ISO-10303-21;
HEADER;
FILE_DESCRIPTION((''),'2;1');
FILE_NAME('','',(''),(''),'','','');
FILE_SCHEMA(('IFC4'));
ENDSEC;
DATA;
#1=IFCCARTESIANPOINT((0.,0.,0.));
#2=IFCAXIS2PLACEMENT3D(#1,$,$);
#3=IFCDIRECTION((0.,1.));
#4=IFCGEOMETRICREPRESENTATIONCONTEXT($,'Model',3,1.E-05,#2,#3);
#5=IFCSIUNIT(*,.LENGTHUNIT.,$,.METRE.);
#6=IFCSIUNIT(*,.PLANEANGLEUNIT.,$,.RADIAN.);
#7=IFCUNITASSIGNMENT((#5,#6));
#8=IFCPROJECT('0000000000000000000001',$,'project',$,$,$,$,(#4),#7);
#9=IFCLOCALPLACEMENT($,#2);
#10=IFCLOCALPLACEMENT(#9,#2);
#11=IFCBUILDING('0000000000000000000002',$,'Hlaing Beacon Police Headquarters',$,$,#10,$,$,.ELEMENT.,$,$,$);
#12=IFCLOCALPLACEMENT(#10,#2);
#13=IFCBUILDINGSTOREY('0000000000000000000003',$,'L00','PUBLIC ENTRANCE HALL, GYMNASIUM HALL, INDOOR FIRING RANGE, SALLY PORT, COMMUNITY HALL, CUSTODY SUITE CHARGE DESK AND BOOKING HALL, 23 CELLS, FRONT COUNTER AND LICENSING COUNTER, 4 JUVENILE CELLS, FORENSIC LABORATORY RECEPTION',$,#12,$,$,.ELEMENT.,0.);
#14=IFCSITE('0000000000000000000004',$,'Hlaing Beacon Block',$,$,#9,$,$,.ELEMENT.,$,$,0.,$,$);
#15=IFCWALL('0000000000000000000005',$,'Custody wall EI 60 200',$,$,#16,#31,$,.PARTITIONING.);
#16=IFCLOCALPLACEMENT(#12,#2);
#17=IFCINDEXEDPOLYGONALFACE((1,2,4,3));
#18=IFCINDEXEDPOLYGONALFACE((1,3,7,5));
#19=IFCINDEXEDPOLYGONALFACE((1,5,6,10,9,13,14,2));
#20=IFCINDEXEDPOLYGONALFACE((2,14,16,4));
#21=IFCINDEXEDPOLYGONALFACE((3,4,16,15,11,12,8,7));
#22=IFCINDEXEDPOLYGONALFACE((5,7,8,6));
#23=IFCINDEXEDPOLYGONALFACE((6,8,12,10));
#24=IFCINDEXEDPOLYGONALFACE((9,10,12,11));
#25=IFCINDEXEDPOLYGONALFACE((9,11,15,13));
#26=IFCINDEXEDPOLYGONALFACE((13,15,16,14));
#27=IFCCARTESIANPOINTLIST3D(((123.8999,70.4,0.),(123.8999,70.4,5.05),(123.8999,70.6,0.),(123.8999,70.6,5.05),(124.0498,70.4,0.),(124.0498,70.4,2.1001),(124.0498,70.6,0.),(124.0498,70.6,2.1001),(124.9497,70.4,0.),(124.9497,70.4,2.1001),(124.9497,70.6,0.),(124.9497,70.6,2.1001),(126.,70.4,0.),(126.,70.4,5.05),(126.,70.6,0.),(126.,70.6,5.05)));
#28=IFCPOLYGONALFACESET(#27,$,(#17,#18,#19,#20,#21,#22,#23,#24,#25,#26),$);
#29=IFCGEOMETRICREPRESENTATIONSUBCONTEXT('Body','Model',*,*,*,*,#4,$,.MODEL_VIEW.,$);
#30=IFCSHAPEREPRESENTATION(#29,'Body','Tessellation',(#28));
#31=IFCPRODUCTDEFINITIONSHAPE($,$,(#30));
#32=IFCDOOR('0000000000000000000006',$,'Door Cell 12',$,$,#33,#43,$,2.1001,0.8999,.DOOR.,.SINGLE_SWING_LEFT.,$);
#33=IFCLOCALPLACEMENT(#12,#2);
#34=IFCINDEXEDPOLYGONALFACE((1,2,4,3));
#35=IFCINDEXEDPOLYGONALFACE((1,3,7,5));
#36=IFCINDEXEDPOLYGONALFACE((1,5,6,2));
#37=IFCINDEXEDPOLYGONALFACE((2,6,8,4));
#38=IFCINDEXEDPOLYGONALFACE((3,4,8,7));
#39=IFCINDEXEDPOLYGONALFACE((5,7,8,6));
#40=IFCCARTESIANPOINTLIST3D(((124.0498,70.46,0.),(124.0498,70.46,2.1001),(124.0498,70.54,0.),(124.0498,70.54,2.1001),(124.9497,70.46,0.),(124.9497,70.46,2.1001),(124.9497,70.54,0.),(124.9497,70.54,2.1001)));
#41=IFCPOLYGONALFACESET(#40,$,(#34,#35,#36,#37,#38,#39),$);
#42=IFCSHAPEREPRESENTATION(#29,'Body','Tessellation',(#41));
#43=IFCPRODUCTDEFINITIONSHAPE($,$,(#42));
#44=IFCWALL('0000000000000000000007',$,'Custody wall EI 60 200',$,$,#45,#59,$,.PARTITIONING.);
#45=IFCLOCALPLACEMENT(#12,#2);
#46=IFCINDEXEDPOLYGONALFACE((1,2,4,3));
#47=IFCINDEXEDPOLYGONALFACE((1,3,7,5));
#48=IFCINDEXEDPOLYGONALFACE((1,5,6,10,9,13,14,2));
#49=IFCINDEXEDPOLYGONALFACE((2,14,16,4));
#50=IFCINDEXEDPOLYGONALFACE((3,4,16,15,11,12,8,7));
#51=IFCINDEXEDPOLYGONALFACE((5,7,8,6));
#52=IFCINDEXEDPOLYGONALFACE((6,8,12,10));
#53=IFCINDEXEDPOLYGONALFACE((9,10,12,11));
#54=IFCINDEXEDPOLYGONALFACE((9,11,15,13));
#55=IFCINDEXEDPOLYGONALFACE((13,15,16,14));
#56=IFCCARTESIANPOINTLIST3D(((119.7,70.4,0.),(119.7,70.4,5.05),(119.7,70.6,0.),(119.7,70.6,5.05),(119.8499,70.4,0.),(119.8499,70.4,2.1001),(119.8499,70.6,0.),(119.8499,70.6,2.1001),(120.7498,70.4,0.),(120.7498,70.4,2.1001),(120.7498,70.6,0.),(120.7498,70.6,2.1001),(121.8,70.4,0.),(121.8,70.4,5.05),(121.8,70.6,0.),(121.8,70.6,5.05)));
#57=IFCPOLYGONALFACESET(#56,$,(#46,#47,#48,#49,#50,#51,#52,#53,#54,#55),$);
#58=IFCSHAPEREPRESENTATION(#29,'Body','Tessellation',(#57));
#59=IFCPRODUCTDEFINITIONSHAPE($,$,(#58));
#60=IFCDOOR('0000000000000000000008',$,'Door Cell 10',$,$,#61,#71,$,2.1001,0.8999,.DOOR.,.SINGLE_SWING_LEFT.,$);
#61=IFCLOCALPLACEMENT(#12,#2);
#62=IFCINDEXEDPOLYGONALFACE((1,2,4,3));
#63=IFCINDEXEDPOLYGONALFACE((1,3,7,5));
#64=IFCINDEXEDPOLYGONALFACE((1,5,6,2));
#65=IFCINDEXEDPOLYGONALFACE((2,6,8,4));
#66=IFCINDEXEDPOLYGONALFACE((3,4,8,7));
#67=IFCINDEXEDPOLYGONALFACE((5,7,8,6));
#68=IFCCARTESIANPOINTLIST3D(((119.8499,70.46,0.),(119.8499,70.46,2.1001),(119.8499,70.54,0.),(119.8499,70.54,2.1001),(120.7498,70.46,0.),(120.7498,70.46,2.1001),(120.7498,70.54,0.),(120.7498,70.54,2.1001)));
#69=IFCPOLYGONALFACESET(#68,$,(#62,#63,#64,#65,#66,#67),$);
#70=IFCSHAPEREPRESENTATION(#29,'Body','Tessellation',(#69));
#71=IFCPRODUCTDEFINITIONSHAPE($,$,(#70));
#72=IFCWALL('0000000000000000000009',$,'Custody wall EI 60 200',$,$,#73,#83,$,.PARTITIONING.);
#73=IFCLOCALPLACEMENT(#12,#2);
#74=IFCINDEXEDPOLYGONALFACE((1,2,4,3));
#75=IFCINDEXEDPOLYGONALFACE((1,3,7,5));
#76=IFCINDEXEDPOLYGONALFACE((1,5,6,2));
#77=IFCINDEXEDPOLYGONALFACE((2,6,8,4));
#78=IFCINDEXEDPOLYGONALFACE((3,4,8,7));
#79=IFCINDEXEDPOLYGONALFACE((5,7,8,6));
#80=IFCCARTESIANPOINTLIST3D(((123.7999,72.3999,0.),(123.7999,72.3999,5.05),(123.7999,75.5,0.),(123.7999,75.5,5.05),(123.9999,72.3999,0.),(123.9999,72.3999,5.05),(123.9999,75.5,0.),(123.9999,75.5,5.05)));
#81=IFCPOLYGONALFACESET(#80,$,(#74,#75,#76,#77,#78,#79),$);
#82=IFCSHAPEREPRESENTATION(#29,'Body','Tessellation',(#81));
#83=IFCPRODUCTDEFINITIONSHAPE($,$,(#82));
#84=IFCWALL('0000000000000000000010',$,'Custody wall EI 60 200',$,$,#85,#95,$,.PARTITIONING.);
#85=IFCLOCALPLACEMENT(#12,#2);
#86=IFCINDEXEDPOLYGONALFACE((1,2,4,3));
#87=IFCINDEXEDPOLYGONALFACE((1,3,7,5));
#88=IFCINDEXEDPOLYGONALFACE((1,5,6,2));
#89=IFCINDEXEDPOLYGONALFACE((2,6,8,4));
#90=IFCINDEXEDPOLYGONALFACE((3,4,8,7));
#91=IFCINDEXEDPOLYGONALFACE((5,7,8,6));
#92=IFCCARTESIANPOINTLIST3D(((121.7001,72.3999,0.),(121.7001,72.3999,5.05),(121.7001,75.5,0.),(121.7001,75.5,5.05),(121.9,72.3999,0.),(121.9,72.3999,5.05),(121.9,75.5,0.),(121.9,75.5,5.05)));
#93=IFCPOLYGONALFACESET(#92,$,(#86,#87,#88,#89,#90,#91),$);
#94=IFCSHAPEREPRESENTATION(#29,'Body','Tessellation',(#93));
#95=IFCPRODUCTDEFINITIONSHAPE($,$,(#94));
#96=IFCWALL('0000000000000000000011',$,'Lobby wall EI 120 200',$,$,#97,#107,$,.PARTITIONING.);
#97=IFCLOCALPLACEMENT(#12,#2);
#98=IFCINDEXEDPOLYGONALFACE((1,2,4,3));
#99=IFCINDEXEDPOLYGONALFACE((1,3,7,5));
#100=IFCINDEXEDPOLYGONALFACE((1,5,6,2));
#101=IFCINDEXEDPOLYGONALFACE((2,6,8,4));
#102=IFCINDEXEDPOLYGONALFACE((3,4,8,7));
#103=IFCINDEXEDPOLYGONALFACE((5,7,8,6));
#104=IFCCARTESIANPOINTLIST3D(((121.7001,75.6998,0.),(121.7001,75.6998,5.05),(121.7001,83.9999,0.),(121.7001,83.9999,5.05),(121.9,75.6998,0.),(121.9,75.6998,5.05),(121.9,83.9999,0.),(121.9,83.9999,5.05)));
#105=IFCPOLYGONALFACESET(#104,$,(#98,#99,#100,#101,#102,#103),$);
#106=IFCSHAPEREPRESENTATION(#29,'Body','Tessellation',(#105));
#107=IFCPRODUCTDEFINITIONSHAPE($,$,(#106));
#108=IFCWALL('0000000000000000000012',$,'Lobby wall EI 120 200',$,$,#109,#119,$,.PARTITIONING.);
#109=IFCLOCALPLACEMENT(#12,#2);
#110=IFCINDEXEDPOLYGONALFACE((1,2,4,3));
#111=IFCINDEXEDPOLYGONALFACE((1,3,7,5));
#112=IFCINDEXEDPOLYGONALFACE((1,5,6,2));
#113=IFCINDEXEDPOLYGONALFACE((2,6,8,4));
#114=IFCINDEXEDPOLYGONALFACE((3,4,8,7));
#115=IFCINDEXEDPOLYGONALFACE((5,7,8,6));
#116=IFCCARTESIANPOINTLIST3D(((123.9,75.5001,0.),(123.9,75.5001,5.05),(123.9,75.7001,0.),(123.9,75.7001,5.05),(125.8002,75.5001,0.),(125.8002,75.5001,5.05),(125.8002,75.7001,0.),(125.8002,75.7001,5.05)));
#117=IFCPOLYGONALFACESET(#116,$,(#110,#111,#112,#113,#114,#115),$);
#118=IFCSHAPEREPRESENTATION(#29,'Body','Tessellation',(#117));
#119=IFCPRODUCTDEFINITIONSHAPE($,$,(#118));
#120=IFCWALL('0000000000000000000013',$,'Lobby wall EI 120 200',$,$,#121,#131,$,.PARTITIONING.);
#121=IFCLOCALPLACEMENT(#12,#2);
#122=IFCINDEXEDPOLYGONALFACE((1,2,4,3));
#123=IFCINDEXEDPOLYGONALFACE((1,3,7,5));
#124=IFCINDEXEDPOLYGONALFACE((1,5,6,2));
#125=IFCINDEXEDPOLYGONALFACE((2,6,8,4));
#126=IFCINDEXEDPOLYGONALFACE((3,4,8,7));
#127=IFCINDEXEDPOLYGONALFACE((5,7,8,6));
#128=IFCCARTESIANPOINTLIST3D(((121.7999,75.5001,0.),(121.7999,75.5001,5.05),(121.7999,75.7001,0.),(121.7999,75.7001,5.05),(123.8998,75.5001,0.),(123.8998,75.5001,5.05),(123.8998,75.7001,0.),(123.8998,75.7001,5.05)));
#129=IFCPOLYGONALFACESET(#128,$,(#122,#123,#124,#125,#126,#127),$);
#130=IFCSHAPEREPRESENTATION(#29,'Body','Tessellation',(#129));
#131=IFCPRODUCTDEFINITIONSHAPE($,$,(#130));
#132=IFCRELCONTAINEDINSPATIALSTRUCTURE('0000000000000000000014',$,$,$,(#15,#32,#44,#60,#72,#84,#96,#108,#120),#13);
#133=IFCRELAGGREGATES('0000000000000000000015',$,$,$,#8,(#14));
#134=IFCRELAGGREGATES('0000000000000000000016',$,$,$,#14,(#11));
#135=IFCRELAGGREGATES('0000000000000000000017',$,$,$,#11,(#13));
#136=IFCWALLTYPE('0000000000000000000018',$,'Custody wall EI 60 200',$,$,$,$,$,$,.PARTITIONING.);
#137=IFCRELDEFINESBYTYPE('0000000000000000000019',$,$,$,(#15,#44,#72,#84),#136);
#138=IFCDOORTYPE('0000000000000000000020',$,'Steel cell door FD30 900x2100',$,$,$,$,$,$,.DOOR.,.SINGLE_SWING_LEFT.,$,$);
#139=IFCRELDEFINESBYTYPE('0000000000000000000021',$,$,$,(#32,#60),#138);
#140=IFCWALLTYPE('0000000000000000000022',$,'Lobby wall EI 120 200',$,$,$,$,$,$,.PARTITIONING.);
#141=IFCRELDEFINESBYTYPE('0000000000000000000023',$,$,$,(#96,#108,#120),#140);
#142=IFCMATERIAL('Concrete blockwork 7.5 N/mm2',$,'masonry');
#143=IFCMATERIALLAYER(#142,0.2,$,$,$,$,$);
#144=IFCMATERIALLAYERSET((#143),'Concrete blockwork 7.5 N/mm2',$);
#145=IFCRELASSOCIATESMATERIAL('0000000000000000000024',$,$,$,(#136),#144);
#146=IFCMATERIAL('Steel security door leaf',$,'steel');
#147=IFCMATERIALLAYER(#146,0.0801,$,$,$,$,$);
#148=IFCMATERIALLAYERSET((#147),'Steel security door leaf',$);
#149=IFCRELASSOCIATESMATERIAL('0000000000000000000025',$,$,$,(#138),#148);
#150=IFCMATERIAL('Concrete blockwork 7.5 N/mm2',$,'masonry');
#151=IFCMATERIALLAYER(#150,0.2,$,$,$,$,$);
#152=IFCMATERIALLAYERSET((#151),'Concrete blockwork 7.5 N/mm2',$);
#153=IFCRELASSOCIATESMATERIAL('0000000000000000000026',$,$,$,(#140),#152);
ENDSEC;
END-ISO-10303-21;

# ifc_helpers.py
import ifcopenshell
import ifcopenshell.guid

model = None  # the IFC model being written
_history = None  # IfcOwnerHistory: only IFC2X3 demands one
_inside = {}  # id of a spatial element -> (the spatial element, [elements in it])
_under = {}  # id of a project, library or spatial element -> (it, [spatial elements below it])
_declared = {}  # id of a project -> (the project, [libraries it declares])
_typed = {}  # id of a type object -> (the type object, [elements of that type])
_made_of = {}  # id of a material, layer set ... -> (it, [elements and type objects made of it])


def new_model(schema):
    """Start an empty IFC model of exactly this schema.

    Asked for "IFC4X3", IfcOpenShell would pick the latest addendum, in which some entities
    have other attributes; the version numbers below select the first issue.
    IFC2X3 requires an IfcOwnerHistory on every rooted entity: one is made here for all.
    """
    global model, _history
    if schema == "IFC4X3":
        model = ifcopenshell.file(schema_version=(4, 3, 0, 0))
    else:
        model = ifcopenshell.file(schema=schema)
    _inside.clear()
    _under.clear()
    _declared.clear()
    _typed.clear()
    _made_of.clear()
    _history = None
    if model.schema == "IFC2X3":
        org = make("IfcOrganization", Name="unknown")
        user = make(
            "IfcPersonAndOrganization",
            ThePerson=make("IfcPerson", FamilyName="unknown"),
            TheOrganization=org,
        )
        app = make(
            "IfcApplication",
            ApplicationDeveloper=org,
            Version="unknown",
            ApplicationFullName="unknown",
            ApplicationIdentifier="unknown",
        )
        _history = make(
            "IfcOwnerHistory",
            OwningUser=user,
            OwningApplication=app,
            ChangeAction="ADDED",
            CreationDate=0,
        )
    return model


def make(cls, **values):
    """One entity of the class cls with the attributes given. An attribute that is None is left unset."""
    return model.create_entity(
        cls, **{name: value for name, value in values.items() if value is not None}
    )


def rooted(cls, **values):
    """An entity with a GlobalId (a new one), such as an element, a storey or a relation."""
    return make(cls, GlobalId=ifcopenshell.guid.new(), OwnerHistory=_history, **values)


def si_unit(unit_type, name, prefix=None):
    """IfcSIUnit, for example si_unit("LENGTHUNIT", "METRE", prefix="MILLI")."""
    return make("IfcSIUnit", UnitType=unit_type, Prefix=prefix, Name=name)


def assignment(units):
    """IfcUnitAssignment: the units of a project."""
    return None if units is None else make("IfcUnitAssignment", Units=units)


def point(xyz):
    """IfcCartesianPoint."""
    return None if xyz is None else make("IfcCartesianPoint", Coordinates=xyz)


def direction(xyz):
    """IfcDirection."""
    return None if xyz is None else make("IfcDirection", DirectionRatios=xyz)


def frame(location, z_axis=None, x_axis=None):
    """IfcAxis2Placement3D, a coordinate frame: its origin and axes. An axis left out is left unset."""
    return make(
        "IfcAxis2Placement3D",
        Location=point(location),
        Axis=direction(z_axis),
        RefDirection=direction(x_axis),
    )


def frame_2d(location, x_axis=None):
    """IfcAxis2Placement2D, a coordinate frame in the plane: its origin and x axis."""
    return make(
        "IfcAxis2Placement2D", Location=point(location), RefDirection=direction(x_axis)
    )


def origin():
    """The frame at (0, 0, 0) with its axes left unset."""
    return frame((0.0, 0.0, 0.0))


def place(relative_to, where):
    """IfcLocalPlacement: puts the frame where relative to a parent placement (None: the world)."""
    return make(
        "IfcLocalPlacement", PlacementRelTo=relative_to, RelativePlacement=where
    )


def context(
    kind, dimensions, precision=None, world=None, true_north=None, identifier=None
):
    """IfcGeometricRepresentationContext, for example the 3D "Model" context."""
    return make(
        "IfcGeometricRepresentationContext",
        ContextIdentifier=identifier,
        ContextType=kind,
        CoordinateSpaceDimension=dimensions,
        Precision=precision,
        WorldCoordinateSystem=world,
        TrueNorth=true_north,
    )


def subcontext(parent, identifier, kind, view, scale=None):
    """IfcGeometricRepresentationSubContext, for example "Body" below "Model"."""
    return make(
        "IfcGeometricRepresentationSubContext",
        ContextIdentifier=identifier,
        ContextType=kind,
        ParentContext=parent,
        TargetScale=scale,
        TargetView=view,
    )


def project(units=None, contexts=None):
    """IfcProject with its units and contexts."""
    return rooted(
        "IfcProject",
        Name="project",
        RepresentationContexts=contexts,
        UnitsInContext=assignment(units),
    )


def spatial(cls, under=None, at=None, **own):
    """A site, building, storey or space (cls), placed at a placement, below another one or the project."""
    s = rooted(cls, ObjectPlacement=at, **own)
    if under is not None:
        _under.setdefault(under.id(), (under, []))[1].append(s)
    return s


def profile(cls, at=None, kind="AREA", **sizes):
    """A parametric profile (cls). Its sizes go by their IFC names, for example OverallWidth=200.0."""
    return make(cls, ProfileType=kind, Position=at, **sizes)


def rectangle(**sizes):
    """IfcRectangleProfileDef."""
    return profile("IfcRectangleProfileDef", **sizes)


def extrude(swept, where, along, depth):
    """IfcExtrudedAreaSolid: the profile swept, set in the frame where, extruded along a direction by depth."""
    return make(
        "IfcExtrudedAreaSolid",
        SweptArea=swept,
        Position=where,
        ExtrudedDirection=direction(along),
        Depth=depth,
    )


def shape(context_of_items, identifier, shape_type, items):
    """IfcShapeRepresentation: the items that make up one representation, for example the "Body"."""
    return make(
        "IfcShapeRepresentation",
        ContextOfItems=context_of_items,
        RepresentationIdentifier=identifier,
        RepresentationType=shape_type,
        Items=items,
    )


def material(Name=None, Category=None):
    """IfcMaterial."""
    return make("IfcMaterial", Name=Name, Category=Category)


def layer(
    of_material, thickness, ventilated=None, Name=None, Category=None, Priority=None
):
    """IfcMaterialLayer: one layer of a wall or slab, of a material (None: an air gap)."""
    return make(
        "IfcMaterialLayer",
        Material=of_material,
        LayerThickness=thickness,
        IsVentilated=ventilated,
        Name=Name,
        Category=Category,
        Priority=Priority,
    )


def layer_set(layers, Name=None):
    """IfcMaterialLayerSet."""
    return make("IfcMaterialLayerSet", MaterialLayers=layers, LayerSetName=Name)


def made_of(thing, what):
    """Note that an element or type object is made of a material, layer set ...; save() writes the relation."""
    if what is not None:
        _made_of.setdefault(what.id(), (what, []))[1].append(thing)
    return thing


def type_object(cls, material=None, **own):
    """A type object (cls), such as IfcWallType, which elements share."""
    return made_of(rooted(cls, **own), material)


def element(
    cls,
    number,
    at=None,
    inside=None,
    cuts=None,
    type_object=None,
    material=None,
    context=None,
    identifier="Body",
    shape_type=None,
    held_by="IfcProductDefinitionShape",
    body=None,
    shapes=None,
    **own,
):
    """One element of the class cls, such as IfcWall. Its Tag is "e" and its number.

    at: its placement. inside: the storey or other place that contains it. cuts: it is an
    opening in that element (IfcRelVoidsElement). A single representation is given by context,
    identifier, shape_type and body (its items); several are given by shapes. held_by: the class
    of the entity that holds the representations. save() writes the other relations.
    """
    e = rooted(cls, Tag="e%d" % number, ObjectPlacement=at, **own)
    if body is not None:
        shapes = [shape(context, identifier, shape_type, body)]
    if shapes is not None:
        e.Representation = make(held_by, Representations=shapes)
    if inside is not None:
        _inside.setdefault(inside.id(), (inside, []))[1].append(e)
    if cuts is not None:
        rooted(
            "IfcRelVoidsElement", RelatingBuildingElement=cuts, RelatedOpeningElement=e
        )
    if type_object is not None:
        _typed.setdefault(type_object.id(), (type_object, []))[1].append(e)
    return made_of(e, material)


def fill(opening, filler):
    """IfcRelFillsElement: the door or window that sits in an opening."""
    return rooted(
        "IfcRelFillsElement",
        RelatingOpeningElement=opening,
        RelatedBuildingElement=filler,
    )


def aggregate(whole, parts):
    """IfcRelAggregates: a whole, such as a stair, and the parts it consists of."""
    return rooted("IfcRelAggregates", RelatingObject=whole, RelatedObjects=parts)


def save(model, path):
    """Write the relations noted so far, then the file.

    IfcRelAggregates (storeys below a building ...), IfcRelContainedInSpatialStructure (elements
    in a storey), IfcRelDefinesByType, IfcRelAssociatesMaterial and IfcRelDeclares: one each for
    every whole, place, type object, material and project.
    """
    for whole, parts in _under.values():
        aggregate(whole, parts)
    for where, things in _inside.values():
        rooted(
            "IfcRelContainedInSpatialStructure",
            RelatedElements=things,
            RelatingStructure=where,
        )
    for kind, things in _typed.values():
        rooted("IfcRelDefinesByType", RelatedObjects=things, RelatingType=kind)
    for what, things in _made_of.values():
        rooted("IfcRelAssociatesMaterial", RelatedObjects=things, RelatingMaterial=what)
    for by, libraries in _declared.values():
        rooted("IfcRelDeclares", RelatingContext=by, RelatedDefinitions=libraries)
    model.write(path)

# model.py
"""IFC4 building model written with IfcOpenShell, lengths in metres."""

from ifc_helpers import new_model, si_unit, direction, frame, frame_2d, origin, place, context, subcontext, project, spatial, rectangle, extrude, material, layer, layer_set, type_object, element, fill, save


model = new_model("IFC4")

# Units and contexts
model_context = context("Model", 3, precision=1e-05, world=origin(), true_north=direction((0.0, 1.0)))
body_context = subcontext(model_context, "Body", "Model", "MODEL_VIEW")
ifc_project = project(units=[si_unit("LENGTHUNIT", "METRE"), si_unit("PLANEANGLEUNIT", "RADIAN")], contexts=[model_context])

# Site, building, storey
site_placement = place(None, origin())
site = spatial("IfcSite", under=ifc_project, at=site_placement, Name="Hlaing Beacon Block", CompositionType="ELEMENT", RefElevation=0.0)
building_placement = place(site_placement, origin())
building = spatial("IfcBuilding", under=site, at=building_placement, Name="Hlaing Beacon Police Headquarters", CompositionType="ELEMENT")
storey_placement = place(building_placement, origin())
storey = spatial("IfcBuildingStorey", under=building, at=storey_placement, Name="L00", Description="PUBLIC ENTRANCE HALL, GYMNASIUM HALL, INDOOR FIRING RANGE, SALLY PORT, COMMUNITY HALL, CUSTODY SUITE CHARGE DESK AND BOOKING HALL, 23 CELLS, FRONT COUNTER AND LICENSING COUNTER, 4 JUVENILE CELLS, FORENSIC LABORATORY RECEPTION", CompositionType="ELEMENT", Elevation=0.0)

# Shared definitions
ifc_material_1 = material(Name="Concrete blockwork 7.5 N/mm2", Category="masonry")
ifc_layer_1 = layer(ifc_material_1, 0.2)
ifc_layer_set_1 = layer_set([ifc_layer_1], Name="Concrete blockwork 7.5 N/mm2")
wall_type_1 = type_object("IfcWallType", Name="Custody wall EI 60 200", PredefinedType="PARTITIONING", material=ifc_layer_set_1)

# Shared definitions
ifc_material_2 = material(Name="Steel security door leaf", Category="steel")
ifc_layer_2 = layer(ifc_material_2, 0.0801)
ifc_layer_set_2 = layer_set([ifc_layer_2], Name="Steel security door leaf")
door_type = type_object("IfcDoorType", Name="Steel cell door FD30 900x2100", OperationType="SINGLE_SWING_LEFT", PredefinedType="DOOR", material=ifc_layer_set_2)

# Walls, openings, doors
wall_1_placement = place(storey_placement, frame((123.8999, 70.5, 0.0), z_axis=(0.0, 0.0, 1.0), x_axis=(1.0, 0.0, 0.0)))
wall_1 = element("IfcWall", 1, at=wall_1_placement, inside=storey, type_object=wall_type_1, Name="Custody wall EI 60 200", PredefinedType="PARTITIONING", context=body_context, shape_type="SweptSolid", body=[
    extrude(rectangle(XDim=2.1001, YDim=0.2, at=frame_2d((1.05, 0.0))), origin(), (0.0, 0.0, 1.0), 5.05),
])
opening_1_placement = place(wall_1_placement, frame((0.1499, 0.0, 0.0)))
opening_1 = element("IfcOpeningElement", 2, at=opening_1_placement, cuts=wall_1, PredefinedType="OPENING", context=body_context, shape_type="SweptSolid", body=[
    extrude(rectangle(XDim=0.8999, YDim=2.1001, at=frame_2d((0.45, 1.05))), frame((0.0, 0.1099, 0.0), z_axis=(0.0, -1.0, 0.0), x_axis=(1.0, 0.0, 0.0)), (0.0, 0.0, 1.0), 0.22),
])
door_1_placement = place(opening_1_placement, frame((0.8999, 0.0, 0.0), z_axis=(0.0, 0.0, 1.0), x_axis=(-1.0, 0.0, 0.0)))
door_1 = element("IfcDoor", 3, at=door_1_placement, inside=storey, type_object=door_type, Name="Door Cell 12", OperationType="SINGLE_SWING_LEFT", OverallHeight=2.1001, OverallWidth=0.8999, PredefinedType="DOOR", context=body_context, shape_type="SweptSolid", body=[
    extrude(rectangle(XDim=0.8999, YDim=2.1001, at=frame_2d((0.45, 1.05))), frame((0.0, 0.04, 0.0), z_axis=(0.0, -1.0, 0.0), x_axis=(1.0, 0.0, 0.0)), (0.0, 0.0, 1.0), 0.0801),
])
fill(opening_1, door_1)
wall_2_placement = place(storey_placement, frame((119.7, 70.5, 0.0), z_axis=(0.0, 0.0, 1.0), x_axis=(1.0, 0.0, 0.0)))
wall_2 = element("IfcWall", 4, at=wall_2_placement, inside=storey, type_object=wall_type_1, Name="Custody wall EI 60 200", PredefinedType="PARTITIONING", context=body_context, shape_type="SweptSolid", body=[
    extrude(rectangle(XDim=2.1001, YDim=0.2, at=frame_2d((1.05, 0.0))), origin(), (0.0, 0.0, 1.0), 5.05),
])
opening_2_placement = place(wall_2_placement, frame((0.1499, 0.0, 0.0)))
opening_2 = element("IfcOpeningElement", 5, at=opening_2_placement, cuts=wall_2, PredefinedType="OPENING", context=body_context, shape_type="SweptSolid", body=[
    extrude(rectangle(XDim=0.8999, YDim=2.1001, at=frame_2d((0.45, 1.05))), frame((0.0, 0.1099, 0.0), z_axis=(0.0, -1.0, 0.0), x_axis=(1.0, 0.0, 0.0)), (0.0, 0.0, 1.0), 0.22),
])
door_2_placement = place(opening_2_placement, frame((0.8999, 0.0, 0.0), z_axis=(0.0, 0.0, 1.0), x_axis=(-1.0, 0.0, 0.0)))
door_2 = element("IfcDoor", 6, at=door_2_placement, inside=storey, type_object=door_type, Name="Door Cell 10", OperationType="SINGLE_SWING_LEFT", OverallHeight=2.1001, OverallWidth=0.8999, PredefinedType="DOOR", context=body_context, shape_type="SweptSolid", body=[
    extrude(rectangle(XDim=0.8999, YDim=2.1001, at=frame_2d((0.45, 1.05))), frame((0.0, 0.04, 0.0), z_axis=(0.0, -1.0, 0.0), x_axis=(1.0, 0.0, 0.0)), (0.0, 0.0, 1.0), 0.0801),
])
fill(opening_2, door_2)

# Walls
for number, where, z_axis, x_axis, name in (
    (7, (123.8999, 72.3999, 0.0), (0.0, 0.0, 1.0), (0.0, 1.0, 0.0), "Custody wall EI 60 200"),
    (8, (121.8, 72.3999, 0.0), (0.0, 0.0, 1.0), (0.0, 1.0, 0.0), "Custody wall EI 60 200"),
):
    element("IfcWall", number, at=place(storey_placement, frame(where, z_axis=z_axis, x_axis=x_axis)), inside=storey, type_object=wall_type_1, Name=name, PredefinedType="PARTITIONING", context=body_context, shape_type="SweptSolid", body=[
        extrude(rectangle(XDim=3.1001, YDim=0.2, at=frame_2d((1.55, 0.0))), origin(), (0.0, 0.0, 1.0), 5.05),
    ])
ifc_material_3 = material(Name="Concrete blockwork 7.5 N/mm2", Category="masonry")
ifc_layer_3 = layer(ifc_material_3, 0.2)
ifc_layer_set_3 = layer_set([ifc_layer_3], Name="Concrete blockwork 7.5 N/mm2")
wall_type_2 = type_object("IfcWallType", Name="Lobby wall EI 120 200", PredefinedType="PARTITIONING", material=ifc_layer_set_3)
wall_3_placement = place(storey_placement, frame((121.8, 75.7, 0.0), z_axis=(0.0, 0.0, 1.0), x_axis=(0.0, 1.0, 0.0)))
element("IfcWall", 9, at=wall_3_placement, inside=storey, type_object=wall_type_2, Name="Lobby wall EI 120 200", PredefinedType="PARTITIONING", context=body_context, shape_type="SweptSolid", body=[
    extrude(rectangle(XDim=8.3, YDim=0.2, at=frame_2d((4.1499, 0.0))), origin(), (0.0, 0.0, 1.0), 5.05),
])
wall_4_placement = place(storey_placement, frame((123.8999, 75.6001, 0.0), z_axis=(0.0, 0.0, 1.0), x_axis=(1.0, 0.0, 0.0)))
element("IfcWall", 10, at=wall_4_placement, inside=storey, type_object=wall_type_2, Name="Lobby wall EI 120 200", PredefinedType="PARTITIONING", context=body_context, shape_type="SweptSolid", body=[
    extrude(rectangle(XDim=1.9001, YDim=0.2, at=frame_2d((0.9502, 0.0))), origin(), (0.0, 0.0, 1.0), 5.05),
])
wall_5_placement = place(storey_placement, frame((121.8, 75.6001, 0.0), z_axis=(0.0, 0.0, 1.0), x_axis=(1.0, 0.0, 0.0)))
element("IfcWall", 11, at=wall_5_placement, inside=storey, type_object=wall_type_2, Name="Lobby wall EI 120 200", PredefinedType="PARTITIONING", context=body_context, shape_type="SweptSolid", body=[
    extrude(rectangle(XDim=2.0999, YDim=0.2, at=frame_2d((1.0498, 0.0))), origin(), (0.0, 0.0, 1.0), 5.05),
])

save(model, "model.ifc")
